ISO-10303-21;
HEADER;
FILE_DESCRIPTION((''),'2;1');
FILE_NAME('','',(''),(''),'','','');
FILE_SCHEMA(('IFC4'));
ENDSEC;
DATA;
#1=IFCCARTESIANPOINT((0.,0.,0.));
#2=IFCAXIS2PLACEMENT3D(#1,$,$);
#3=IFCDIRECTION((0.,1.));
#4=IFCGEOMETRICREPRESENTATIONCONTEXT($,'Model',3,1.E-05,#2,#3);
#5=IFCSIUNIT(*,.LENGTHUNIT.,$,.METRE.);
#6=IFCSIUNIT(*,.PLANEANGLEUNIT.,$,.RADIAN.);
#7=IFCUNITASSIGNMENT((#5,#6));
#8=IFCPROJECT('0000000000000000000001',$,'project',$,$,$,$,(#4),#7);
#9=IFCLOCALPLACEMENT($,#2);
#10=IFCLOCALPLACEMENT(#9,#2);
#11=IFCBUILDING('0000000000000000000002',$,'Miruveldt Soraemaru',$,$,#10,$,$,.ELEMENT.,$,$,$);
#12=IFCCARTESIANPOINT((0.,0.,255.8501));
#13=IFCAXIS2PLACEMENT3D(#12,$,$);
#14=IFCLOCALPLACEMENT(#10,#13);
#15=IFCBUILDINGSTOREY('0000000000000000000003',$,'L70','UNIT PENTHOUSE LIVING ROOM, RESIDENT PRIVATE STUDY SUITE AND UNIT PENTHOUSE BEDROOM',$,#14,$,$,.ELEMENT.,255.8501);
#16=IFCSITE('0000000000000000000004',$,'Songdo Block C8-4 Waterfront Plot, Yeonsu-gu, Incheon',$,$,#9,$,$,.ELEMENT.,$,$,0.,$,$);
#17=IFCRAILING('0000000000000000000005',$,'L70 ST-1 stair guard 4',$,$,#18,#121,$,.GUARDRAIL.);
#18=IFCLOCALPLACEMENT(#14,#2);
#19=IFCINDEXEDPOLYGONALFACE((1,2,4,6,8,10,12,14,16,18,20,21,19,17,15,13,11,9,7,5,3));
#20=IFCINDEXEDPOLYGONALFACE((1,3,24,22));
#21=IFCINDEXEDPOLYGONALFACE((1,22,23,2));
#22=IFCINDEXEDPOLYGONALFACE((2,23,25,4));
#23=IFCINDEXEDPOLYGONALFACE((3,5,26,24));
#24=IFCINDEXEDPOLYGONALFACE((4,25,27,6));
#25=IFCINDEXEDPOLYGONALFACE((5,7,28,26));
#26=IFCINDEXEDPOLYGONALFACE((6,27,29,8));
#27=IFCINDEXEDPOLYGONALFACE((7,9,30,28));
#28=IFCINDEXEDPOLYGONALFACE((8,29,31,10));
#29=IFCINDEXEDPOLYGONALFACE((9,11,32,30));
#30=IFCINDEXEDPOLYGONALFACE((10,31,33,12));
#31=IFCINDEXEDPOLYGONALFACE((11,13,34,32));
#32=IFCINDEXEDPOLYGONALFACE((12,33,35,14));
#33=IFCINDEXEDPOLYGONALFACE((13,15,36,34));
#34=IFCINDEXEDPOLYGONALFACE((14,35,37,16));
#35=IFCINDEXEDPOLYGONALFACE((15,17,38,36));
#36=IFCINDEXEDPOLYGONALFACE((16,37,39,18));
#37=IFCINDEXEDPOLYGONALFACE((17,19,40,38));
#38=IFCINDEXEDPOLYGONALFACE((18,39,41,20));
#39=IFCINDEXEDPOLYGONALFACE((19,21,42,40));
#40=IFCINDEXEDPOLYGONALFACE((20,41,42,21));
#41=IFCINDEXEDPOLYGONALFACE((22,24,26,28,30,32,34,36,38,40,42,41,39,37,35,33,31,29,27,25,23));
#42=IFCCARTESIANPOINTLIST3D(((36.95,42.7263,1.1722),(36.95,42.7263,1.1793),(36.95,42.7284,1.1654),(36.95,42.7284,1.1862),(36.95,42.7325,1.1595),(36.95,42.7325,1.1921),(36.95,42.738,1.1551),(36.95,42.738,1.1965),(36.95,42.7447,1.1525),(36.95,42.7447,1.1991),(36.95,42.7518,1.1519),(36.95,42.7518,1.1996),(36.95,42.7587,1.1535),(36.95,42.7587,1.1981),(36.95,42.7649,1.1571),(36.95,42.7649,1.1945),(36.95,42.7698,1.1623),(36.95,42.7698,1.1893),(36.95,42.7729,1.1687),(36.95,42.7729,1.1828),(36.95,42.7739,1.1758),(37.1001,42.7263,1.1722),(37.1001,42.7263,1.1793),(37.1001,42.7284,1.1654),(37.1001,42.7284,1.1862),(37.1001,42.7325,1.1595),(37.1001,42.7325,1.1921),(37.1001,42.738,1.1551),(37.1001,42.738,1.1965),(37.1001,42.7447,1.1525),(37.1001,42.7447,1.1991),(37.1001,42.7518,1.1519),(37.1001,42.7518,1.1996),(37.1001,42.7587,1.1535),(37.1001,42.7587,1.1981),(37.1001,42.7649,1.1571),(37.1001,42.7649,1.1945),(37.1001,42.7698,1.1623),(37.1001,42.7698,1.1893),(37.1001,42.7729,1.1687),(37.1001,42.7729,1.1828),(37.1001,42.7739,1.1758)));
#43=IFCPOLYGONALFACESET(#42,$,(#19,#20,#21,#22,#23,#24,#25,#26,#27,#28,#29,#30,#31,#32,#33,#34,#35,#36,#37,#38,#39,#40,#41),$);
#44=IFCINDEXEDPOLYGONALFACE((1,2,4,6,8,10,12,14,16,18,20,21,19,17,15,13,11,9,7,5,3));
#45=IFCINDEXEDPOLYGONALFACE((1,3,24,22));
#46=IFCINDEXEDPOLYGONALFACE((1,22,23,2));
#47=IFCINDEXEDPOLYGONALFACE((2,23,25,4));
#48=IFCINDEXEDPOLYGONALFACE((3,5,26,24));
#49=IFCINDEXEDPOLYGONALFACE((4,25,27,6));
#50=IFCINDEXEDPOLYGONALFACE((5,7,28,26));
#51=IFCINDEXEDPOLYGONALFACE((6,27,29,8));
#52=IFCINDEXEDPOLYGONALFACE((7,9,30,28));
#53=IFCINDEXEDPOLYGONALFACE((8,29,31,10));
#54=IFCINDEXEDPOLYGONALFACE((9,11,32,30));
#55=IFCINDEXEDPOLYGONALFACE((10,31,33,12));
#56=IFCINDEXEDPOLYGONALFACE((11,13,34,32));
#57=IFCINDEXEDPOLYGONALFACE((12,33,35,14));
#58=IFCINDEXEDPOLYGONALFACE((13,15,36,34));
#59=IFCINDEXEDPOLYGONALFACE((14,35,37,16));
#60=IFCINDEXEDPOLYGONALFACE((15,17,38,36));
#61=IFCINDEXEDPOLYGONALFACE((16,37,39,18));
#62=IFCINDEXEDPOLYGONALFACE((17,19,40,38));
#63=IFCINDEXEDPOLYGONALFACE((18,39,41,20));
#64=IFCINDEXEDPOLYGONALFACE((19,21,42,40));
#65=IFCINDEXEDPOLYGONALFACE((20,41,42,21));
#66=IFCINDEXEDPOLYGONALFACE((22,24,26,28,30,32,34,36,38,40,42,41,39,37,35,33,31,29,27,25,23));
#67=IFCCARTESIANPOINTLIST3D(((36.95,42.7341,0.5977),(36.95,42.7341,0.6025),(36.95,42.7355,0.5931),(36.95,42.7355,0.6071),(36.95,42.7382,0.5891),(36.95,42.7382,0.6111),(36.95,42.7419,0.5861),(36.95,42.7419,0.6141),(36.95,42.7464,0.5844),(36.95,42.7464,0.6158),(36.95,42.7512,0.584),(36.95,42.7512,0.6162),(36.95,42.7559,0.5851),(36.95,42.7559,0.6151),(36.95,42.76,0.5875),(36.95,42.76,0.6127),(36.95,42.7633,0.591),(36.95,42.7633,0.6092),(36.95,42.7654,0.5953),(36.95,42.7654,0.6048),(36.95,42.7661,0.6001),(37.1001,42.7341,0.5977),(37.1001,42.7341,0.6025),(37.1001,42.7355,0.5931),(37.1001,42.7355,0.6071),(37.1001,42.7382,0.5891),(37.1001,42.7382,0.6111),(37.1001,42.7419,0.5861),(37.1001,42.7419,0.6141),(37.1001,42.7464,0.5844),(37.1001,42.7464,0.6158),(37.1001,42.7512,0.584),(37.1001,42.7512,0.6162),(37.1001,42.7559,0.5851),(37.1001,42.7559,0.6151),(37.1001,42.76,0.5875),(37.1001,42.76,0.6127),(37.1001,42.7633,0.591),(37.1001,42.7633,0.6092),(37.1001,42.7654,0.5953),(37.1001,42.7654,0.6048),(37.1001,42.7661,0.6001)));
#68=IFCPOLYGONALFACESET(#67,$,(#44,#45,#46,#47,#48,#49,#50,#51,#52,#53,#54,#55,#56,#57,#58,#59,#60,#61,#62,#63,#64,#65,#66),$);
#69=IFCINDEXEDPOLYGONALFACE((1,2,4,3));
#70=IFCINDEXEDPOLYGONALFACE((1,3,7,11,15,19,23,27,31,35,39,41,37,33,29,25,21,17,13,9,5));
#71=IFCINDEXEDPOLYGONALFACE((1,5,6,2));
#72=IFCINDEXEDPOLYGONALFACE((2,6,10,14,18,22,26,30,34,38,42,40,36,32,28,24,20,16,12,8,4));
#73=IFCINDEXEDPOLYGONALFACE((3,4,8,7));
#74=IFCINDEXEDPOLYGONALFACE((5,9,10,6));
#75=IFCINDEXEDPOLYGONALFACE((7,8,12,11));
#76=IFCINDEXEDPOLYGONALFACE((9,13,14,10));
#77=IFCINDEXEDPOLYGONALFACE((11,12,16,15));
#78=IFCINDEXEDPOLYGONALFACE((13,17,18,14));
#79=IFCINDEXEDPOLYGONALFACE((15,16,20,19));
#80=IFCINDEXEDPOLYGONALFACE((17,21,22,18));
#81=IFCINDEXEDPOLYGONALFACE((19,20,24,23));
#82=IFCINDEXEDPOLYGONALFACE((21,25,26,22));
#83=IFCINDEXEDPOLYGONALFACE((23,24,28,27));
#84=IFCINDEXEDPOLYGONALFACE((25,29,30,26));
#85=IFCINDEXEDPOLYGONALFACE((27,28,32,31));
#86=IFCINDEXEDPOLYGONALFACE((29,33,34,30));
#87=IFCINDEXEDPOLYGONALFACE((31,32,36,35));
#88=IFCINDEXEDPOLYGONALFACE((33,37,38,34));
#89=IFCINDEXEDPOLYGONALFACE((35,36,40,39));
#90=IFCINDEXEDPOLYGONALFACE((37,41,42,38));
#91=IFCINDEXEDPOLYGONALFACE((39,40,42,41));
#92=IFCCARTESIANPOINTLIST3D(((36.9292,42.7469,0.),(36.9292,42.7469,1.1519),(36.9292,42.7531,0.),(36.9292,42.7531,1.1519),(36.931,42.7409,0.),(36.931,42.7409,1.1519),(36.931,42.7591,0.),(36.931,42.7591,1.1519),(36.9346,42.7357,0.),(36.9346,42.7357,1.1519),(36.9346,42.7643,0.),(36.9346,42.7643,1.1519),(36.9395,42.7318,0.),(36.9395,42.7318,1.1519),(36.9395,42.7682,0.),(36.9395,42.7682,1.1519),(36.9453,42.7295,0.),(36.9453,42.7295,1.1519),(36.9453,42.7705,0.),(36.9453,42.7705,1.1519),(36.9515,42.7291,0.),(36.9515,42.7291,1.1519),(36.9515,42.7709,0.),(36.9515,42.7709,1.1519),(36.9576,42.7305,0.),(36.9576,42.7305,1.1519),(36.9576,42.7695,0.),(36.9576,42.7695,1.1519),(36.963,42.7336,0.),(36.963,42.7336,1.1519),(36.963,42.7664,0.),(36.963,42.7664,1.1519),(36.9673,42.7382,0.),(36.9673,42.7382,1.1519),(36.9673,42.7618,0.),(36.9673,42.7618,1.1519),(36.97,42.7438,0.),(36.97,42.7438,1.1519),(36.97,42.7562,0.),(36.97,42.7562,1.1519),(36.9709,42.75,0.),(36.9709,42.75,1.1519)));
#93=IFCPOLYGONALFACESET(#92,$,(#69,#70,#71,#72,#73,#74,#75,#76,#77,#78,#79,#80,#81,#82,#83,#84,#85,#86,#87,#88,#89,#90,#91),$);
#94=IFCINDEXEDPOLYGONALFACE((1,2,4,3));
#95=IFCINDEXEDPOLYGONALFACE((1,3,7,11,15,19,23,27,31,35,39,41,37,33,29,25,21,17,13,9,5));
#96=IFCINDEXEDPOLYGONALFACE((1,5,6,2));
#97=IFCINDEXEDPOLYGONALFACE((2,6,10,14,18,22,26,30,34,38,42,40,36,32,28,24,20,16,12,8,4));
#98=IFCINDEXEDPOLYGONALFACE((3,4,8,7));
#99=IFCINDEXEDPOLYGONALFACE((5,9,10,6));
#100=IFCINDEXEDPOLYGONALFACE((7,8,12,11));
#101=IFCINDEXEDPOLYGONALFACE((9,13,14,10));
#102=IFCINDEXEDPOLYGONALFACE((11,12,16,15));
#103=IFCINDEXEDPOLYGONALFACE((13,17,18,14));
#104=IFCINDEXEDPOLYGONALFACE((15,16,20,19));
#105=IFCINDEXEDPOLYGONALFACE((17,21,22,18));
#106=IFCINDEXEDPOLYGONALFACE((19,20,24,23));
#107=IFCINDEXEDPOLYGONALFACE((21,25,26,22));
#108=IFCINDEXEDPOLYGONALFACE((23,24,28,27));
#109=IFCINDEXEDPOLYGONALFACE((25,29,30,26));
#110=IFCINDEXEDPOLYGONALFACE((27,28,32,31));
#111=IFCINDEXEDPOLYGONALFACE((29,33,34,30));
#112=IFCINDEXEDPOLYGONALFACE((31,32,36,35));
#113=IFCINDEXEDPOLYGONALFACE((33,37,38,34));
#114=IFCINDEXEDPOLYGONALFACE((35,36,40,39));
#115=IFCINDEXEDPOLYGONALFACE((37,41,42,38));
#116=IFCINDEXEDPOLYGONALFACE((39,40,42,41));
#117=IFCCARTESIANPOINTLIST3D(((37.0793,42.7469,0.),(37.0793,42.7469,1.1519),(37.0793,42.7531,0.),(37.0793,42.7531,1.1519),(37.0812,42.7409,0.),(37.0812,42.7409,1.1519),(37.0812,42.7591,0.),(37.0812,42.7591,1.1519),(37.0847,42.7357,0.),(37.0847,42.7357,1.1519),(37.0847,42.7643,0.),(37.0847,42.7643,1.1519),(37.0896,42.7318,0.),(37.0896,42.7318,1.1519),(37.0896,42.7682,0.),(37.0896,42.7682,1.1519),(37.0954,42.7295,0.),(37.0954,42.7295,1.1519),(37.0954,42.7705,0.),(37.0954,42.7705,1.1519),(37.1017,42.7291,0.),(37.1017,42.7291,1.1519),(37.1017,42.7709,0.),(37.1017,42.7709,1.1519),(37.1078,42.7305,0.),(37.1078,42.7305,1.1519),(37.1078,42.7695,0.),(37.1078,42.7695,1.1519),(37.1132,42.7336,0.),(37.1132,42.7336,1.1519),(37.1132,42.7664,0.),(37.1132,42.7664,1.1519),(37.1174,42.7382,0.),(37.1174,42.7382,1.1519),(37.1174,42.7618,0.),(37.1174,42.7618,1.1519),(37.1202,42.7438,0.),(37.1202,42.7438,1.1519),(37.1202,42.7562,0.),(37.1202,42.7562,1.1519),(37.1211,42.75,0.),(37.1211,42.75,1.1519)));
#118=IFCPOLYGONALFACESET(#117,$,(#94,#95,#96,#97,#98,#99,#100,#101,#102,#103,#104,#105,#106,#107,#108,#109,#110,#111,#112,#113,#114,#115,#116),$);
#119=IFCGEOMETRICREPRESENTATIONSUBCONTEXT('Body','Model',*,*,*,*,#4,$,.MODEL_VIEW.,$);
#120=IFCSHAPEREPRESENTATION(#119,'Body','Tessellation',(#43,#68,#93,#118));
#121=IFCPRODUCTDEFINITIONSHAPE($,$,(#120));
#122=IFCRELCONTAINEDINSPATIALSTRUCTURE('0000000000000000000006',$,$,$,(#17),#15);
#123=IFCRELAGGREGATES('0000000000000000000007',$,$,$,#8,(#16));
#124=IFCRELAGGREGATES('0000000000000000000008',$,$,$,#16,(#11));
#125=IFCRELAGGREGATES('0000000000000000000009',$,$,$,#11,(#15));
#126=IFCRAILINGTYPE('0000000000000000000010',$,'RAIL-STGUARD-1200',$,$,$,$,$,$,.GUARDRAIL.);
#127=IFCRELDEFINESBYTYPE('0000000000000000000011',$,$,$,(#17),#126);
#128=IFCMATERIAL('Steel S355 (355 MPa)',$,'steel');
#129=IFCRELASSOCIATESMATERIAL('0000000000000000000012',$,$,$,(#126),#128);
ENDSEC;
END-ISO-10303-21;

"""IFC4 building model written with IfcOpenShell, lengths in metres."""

from ifc_helpers import new_model, si_unit, direction, frame, origin, origin_2d, place, context, subcontext, project, spatial, circle, extrude, material, type_object, element, save


model = new_model("IFC4")

# Units and contexts
model_context = context("Model", 3, precision=1e-05, world=origin(), true_north=direction((0.0, 1.0)))
body_context = subcontext(model_context, "Body", "Model", "MODEL_VIEW")
ifc_project = project(units=[si_unit("LENGTHUNIT", "METRE"), si_unit("PLANEANGLEUNIT", "RADIAN")], contexts=[model_context])

# Site, building, storey
site_placement = place(None, origin())
site = spatial("IfcSite", under=ifc_project, at=site_placement, Name="Songdo Block C8-4 Waterfront Plot, Yeonsu-gu, Incheon", CompositionType="ELEMENT", RefElevation=0.0)
building_placement = place(site_placement, origin())
building = spatial("IfcBuilding", under=site, at=building_placement, Name="Miruveldt Soraemaru", CompositionType="ELEMENT")
storey_placement = place(building_placement, frame((0.0, 0.0, 255.8501)))
storey = spatial("IfcBuildingStorey", under=building, at=storey_placement, Name="L70", Description="UNIT PENTHOUSE LIVING ROOM, RESIDENT PRIVATE STUDY SUITE AND UNIT PENTHOUSE BEDROOM", CompositionType="ELEMENT", Elevation=255.8501)

# Railing
ifc_material_1 = material(Name="Steel S355 (355 MPa)", Category="steel")
railing_type_1 = type_object("IfcRailingType", Name="RAIL-STGUARD-1200", PredefinedType="GUARDRAIL", material=ifc_material_1)
railing_1_placement = place(storey_placement, frame((36.95, 42.75, 0.0)))
element("IfcRailing", 1, at=railing_1_placement, inside=storey, type_object=railing_type_1, Name="L70 ST-1 stair guard 4", PredefinedType="GUARDRAIL", context=body_context, shape_type="SweptSolid", body=[
    extrude(circle(Radius=0.0239, at=origin_2d()), frame((0.0, 0.0, 1.1758), z_axis=(1.0, 0.0, 0.0), x_axis=(0.0, 1.0, 0.0)), (0.0, 0.0, 1.0), 0.1501),
    extrude(circle(Radius=0.0161, at=origin_2d()), frame((0.0, 0.0, 0.6001), z_axis=(1.0, 0.0, 0.0), x_axis=(0.0, 1.0, 0.0)), (0.0, 0.0, 1.0), 0.1501),
    extrude(circle(Radius=0.021, at=origin_2d()), origin(), (0.0, 0.0, 1.0), 1.1519),
    extrude(circle(Radius=0.021, at=origin_2d()), frame((0.1501, 0.0, 0.0)), (0.0, 0.0, 1.0), 1.1519),
])

save(model, "model.ifc")
